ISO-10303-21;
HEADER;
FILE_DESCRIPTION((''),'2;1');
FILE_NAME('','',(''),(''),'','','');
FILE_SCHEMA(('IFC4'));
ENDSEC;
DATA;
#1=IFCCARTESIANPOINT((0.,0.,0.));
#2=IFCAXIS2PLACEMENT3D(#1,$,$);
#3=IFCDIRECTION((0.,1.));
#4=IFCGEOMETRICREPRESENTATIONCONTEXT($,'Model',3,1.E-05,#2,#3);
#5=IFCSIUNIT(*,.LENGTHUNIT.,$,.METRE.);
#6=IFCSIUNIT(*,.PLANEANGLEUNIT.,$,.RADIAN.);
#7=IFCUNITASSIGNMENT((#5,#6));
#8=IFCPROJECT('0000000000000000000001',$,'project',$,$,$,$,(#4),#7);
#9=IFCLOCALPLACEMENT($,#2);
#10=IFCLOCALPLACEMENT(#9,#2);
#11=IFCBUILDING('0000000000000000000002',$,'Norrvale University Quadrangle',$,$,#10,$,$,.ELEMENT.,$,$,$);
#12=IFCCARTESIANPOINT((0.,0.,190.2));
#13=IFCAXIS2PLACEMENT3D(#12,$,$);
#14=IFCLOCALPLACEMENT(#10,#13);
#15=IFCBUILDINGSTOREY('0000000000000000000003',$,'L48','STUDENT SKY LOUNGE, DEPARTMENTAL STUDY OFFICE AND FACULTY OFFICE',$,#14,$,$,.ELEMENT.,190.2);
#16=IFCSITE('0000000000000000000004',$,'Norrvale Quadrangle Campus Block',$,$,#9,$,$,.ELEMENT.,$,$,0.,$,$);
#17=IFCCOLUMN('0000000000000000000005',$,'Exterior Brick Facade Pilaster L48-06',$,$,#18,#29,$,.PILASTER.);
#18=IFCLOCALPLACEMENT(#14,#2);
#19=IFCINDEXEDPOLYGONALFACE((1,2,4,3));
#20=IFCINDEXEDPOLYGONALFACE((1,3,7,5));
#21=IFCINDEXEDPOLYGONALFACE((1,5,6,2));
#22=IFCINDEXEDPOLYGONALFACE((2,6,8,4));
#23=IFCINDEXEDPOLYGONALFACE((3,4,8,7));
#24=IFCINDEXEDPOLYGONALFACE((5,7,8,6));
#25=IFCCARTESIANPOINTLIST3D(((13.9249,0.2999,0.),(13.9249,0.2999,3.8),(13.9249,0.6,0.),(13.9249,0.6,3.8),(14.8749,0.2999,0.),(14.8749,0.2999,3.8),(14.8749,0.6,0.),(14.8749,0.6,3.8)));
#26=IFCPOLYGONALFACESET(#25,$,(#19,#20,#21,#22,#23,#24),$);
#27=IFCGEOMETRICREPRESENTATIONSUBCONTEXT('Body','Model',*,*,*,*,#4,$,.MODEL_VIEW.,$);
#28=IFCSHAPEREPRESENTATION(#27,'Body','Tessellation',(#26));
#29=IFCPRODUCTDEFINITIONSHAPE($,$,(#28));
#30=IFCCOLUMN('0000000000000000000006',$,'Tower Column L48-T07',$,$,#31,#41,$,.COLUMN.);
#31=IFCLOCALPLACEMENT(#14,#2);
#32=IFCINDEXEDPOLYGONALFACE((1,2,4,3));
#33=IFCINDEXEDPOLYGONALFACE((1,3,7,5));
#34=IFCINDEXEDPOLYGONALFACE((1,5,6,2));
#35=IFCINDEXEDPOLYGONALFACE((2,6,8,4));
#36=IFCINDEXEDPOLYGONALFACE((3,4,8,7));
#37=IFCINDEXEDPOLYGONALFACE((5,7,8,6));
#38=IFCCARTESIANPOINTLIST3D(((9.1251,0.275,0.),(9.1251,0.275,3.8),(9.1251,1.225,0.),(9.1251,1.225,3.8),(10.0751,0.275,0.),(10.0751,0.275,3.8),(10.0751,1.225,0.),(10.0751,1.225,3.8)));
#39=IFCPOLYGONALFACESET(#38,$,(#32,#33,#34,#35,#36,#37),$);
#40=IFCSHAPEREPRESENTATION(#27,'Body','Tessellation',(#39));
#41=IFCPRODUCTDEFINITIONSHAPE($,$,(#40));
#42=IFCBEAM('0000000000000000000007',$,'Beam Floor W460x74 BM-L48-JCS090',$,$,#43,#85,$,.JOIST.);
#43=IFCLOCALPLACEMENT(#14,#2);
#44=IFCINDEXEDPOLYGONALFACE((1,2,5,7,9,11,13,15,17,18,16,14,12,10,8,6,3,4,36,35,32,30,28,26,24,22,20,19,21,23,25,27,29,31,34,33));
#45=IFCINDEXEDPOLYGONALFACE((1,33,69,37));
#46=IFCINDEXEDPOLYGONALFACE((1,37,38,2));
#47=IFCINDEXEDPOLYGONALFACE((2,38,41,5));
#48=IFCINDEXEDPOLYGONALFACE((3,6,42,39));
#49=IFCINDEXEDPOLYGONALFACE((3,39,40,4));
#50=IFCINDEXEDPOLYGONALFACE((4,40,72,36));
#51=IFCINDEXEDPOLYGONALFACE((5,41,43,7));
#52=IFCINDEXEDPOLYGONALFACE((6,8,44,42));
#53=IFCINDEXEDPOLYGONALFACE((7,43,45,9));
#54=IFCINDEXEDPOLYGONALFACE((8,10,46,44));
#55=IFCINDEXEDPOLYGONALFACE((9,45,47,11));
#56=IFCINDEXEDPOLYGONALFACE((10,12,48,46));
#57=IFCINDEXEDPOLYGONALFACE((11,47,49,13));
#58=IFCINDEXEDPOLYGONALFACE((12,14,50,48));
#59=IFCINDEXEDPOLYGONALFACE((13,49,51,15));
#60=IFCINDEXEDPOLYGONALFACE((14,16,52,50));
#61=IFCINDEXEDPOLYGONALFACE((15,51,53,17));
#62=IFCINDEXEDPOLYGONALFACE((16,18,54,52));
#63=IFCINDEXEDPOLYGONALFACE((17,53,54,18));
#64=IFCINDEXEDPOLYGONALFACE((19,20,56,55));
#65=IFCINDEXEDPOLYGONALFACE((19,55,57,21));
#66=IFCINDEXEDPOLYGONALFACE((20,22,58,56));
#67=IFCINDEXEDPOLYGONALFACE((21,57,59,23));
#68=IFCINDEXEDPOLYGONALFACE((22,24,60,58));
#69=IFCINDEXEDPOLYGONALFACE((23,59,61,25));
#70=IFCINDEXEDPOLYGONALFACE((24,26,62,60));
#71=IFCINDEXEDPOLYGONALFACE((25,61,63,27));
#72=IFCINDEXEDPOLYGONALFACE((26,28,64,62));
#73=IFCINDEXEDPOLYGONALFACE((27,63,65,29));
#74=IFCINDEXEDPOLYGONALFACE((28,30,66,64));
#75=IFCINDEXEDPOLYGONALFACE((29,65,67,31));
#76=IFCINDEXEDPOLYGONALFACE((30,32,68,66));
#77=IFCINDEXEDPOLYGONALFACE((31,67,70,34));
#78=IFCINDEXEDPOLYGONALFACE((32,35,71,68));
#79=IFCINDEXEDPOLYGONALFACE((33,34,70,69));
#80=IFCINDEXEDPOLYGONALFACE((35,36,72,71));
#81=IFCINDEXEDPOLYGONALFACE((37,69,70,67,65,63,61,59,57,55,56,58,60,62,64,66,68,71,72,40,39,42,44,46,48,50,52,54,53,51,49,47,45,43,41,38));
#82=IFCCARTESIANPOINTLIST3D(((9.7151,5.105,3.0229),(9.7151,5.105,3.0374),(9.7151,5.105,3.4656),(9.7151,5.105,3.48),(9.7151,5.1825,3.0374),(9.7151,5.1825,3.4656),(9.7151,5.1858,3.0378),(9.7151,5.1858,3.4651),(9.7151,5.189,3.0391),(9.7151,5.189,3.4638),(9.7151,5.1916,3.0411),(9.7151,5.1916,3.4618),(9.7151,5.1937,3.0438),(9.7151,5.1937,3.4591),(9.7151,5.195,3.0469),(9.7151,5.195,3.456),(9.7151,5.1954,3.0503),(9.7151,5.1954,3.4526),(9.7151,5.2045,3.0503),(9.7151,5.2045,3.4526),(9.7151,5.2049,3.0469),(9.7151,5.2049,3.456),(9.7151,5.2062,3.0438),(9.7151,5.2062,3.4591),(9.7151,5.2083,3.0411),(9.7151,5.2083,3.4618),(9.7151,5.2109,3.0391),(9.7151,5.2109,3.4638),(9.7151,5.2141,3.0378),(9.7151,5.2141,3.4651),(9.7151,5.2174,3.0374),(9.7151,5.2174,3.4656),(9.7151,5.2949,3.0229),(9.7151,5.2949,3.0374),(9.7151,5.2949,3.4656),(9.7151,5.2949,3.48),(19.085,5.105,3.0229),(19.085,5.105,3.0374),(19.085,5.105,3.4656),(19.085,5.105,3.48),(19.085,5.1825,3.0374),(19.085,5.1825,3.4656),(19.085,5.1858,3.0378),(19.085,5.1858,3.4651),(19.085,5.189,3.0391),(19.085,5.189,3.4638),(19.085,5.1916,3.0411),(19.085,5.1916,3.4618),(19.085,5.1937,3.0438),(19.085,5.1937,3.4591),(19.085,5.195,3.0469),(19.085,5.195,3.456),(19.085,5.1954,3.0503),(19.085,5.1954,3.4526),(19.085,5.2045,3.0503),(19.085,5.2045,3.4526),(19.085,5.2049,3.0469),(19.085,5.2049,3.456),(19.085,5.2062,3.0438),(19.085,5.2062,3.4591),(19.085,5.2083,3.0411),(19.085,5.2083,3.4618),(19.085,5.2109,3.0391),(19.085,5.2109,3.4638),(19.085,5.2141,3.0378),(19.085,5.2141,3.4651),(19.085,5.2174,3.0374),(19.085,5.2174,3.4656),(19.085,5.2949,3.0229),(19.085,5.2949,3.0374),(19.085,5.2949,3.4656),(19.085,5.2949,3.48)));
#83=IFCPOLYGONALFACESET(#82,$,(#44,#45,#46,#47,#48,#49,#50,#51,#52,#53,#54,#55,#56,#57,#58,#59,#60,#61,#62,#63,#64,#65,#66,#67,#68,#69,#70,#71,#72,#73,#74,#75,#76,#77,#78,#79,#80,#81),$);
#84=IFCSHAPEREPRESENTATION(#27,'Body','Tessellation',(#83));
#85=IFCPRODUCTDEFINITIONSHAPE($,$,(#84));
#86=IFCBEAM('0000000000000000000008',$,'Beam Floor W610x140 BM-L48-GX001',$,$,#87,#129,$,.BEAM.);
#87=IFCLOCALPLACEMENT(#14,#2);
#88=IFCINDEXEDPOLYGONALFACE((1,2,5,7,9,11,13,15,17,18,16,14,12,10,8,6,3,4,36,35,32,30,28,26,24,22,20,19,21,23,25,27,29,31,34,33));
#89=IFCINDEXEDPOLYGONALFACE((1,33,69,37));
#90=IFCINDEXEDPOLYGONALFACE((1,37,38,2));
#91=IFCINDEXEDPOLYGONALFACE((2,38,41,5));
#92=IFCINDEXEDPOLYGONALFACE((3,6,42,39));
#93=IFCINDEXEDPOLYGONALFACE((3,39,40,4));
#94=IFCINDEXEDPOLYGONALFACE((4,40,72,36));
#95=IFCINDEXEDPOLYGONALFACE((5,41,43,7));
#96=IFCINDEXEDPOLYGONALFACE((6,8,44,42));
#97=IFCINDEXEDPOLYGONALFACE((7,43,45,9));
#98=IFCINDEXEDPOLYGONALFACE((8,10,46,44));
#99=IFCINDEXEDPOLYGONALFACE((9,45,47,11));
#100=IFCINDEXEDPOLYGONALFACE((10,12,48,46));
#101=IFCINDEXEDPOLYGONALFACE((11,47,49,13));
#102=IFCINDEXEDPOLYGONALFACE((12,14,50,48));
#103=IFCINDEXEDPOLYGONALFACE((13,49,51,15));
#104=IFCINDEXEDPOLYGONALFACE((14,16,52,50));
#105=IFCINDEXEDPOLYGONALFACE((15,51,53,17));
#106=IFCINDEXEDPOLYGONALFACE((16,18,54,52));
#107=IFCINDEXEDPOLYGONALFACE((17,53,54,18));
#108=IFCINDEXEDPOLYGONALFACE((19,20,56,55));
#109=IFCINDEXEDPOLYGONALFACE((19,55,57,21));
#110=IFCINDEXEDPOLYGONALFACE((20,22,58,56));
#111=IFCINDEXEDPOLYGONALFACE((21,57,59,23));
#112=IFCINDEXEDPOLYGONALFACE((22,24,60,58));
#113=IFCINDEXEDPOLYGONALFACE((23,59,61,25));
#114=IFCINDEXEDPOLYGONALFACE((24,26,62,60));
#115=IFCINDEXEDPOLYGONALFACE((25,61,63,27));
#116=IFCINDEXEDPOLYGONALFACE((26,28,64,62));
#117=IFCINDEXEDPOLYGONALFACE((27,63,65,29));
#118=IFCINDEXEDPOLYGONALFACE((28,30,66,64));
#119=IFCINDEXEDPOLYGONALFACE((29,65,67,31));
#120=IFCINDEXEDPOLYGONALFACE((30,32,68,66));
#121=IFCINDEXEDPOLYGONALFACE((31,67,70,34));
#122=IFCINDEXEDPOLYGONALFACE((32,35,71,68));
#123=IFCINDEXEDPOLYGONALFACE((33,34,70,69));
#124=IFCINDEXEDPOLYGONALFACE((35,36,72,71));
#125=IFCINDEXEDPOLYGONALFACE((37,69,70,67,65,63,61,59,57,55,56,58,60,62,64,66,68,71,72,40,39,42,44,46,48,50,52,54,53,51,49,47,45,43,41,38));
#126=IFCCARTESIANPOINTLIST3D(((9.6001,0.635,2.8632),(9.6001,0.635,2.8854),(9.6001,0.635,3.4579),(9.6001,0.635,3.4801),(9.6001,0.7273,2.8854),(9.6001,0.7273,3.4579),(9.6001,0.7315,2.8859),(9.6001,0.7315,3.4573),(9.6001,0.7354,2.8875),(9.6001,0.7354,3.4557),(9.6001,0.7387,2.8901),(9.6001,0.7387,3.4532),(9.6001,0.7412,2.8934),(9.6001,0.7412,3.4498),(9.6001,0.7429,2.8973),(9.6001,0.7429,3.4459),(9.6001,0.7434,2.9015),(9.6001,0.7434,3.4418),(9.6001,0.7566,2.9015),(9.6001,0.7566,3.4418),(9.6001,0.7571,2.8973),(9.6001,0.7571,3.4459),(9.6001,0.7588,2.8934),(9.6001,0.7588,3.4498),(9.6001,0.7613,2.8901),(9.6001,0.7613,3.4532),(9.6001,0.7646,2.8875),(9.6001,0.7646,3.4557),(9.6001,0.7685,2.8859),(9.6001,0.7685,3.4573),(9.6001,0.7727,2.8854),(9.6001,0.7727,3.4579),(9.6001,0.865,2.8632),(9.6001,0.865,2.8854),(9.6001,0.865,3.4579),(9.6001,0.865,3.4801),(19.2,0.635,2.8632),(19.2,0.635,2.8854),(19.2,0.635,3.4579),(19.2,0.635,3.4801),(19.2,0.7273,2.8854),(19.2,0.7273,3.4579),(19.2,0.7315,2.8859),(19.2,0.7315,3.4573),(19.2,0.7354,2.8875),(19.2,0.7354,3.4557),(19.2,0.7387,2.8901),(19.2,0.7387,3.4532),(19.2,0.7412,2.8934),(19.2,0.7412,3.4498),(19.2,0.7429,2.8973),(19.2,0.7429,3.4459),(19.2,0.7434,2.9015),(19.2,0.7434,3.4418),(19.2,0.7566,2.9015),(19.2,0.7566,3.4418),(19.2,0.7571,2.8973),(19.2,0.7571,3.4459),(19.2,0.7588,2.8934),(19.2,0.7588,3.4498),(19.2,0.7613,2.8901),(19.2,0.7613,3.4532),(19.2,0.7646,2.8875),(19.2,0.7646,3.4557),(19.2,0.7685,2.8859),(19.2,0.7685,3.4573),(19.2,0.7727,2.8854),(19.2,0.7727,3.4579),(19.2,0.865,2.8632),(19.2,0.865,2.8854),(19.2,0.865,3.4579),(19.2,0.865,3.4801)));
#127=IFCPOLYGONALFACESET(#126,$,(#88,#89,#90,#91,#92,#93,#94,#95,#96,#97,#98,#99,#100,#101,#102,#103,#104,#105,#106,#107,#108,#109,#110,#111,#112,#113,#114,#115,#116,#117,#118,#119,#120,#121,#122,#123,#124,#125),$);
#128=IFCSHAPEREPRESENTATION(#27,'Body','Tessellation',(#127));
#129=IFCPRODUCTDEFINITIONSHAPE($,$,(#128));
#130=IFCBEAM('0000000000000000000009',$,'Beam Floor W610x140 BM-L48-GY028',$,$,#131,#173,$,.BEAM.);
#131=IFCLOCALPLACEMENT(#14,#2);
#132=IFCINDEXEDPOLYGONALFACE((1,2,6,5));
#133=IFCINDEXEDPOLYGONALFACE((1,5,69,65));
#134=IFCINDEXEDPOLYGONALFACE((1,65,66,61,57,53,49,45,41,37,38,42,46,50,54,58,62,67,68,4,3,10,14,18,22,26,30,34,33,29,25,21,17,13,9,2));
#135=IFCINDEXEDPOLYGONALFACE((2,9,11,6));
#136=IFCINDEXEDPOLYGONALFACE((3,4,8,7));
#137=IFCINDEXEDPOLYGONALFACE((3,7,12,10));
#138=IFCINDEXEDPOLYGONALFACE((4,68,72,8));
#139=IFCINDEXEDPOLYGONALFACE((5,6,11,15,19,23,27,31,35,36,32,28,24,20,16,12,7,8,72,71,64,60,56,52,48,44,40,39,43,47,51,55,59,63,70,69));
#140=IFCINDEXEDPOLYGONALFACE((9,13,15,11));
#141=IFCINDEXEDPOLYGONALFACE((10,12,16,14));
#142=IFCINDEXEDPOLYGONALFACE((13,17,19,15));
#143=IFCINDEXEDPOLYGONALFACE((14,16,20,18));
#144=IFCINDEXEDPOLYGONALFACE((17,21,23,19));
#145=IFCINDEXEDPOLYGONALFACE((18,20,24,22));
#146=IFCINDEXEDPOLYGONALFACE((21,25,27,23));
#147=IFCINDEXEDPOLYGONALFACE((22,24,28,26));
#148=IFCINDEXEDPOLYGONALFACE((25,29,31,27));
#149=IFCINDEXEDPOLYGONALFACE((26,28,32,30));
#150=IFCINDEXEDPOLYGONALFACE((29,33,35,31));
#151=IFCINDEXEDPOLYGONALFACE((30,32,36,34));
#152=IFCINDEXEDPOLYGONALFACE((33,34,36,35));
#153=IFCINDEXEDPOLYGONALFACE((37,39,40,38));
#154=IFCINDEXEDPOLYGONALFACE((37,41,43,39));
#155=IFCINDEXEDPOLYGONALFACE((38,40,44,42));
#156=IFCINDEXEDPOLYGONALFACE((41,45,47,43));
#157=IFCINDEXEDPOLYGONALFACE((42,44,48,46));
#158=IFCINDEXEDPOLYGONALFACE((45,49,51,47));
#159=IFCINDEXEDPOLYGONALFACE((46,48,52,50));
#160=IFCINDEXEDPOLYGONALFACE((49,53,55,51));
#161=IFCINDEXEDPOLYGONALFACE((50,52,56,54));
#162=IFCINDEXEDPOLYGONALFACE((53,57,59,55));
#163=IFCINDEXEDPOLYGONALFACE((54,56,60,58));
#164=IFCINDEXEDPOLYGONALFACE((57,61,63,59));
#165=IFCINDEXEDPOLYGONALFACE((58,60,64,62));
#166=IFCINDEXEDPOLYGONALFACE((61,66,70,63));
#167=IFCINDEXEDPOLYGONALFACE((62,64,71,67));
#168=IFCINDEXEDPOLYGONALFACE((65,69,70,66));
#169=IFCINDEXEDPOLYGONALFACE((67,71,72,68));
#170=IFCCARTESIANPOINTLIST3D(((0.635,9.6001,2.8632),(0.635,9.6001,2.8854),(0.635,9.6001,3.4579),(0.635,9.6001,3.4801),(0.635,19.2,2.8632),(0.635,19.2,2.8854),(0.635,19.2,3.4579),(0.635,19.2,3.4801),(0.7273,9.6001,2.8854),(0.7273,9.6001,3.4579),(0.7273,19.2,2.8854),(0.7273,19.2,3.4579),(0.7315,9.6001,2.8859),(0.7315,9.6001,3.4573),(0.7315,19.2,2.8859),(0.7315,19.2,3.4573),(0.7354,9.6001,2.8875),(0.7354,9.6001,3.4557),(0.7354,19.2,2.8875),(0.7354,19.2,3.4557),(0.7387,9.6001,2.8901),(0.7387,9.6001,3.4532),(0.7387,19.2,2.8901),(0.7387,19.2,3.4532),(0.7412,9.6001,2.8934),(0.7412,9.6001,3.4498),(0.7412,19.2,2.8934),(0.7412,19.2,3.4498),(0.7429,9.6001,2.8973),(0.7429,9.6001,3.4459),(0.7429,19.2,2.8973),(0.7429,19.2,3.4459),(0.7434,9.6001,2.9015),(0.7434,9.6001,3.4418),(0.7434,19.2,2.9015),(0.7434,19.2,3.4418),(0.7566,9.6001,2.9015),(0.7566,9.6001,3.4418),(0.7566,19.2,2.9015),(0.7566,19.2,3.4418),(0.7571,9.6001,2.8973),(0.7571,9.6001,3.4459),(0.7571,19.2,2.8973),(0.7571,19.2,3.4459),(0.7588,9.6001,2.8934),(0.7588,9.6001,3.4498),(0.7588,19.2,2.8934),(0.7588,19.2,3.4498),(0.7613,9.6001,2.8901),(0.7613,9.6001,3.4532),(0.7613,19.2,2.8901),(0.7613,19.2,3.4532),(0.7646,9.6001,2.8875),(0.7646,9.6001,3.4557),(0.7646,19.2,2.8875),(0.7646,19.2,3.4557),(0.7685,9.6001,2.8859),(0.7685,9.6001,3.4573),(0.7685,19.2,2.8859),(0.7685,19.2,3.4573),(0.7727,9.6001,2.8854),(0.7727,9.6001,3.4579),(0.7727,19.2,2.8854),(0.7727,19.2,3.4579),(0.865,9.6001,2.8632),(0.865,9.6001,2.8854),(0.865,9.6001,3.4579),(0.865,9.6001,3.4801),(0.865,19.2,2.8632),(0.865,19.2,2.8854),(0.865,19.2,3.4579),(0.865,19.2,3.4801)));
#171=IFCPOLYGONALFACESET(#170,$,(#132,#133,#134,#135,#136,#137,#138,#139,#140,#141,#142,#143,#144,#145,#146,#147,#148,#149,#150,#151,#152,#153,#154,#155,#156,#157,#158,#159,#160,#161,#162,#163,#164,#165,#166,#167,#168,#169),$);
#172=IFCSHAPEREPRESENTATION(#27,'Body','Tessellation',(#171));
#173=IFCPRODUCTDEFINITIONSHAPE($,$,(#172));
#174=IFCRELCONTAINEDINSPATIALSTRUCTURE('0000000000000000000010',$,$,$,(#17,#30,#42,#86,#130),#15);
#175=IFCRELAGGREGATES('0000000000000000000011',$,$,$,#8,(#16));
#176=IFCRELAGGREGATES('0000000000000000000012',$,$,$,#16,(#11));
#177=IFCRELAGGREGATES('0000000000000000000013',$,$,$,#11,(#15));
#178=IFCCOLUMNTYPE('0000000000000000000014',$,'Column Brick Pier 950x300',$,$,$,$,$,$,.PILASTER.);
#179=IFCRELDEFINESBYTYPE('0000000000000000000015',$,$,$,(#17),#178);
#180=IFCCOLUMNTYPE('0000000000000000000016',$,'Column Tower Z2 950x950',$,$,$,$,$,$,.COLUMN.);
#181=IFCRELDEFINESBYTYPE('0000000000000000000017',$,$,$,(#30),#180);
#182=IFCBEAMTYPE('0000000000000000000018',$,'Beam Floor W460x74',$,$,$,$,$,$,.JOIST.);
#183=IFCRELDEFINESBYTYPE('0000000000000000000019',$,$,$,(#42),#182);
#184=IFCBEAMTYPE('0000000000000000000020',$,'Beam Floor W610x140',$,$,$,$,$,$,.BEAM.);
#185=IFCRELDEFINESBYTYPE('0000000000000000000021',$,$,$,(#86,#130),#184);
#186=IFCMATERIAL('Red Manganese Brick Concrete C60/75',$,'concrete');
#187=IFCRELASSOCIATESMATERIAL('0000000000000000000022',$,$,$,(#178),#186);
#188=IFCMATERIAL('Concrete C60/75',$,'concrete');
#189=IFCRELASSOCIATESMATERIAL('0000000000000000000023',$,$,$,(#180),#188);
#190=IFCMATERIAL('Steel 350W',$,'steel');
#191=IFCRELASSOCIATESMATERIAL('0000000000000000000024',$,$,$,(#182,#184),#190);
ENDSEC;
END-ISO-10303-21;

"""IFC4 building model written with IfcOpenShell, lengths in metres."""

from ifc_helpers import new_model, si_unit, direction, frame, origin, origin_2d, place, context, subcontext, project, spatial, rectangle, i_section, extrude, material, material_profile, profile_set, type_object, element, save


model = new_model("IFC4")

# Units and contexts
model_context = context("Model", 3, precision=1e-05, world=origin(), true_north=direction((0.0, 1.0)))
body_context = subcontext(model_context, "Body", "Model", "MODEL_VIEW")
ifc_project = project(units=[si_unit("LENGTHUNIT", "METRE"), si_unit("PLANEANGLEUNIT", "RADIAN")], contexts=[model_context])

# Site, building, storey
site_placement = place(None, origin())
site = spatial("IfcSite", under=ifc_project, at=site_placement, Name="Norrvale Quadrangle Campus Block", CompositionType="ELEMENT", RefElevation=0.0)
building_placement = place(site_placement, origin())
building = spatial("IfcBuilding", under=site, at=building_placement, Name="Norrvale University Quadrangle", CompositionType="ELEMENT")
storey_placement = place(building_placement, frame((0.0, 0.0, 190.2)))
storey = spatial("IfcBuildingStorey", under=building, at=storey_placement, Name="L48", Description="STUDENT SKY LOUNGE, DEPARTMENTAL STUDY OFFICE AND FACULTY OFFICE", CompositionType="ELEMENT", Elevation=190.2)

# Columns
ifc_material_1 = material(Name="Red Manganese Brick Concrete C60/75", Category="concrete")
ifc_material_profile_1 = material_profile(ifc_material_1, rectangle(XDim=0.95, YDim=0.3, at=origin_2d()), Name="Red Manganese Brick Concrete C60/75")
ifc_profile_set_1 = profile_set([ifc_material_profile_1], Name="Red Manganese Brick Concrete C60/75")
column_type_1 = type_object("IfcColumnType", Name="Column Brick Pier 950x300", PredefinedType="PILASTER", material=ifc_profile_set_1)
column_1_placement = place(storey_placement, frame((14.3999, 0.45, 0.0), z_axis=(0.0, 0.0, 1.0), x_axis=(1.0, 0.0, 0.0)))
element("IfcColumn", 1, at=column_1_placement, inside=storey, type_object=column_type_1, Name="Exterior Brick Facade Pilaster L48-06", PredefinedType="PILASTER", context=body_context, shape_type="SweptSolid", body=[
    extrude(rectangle(XDim=0.95, YDim=0.3, at=origin_2d()), origin(), (0.0, 0.0, 1.0), 3.8),
])
ifc_material_2 = material(Name="Concrete C60/75", Category="concrete")
ifc_material_profile_2 = material_profile(ifc_material_2, rectangle(XDim=0.95, YDim=0.95, at=origin_2d()), Name="Concrete C60/75")
ifc_profile_set_2 = profile_set([ifc_material_profile_2], Name="Concrete C60/75")
column_type_2 = type_object("IfcColumnType", Name="Column Tower Z2 950x950", PredefinedType="COLUMN", material=ifc_profile_set_2)
column_2_placement = place(storey_placement, frame((9.6001, 0.75, 0.0), z_axis=(0.0, 0.0, 1.0), x_axis=(1.0, 0.0, 0.0)))
element("IfcColumn", 2, at=column_2_placement, inside=storey, type_object=column_type_2, Name="Tower Column L48-T07", PredefinedType="COLUMN", context=body_context, shape_type="SweptSolid", body=[
    extrude(rectangle(XDim=0.95, YDim=0.95, at=origin_2d()), origin(), (0.0, 0.0, 1.0), 3.8),
])

# Beams
ifc_material_3 = material(Name="Steel 350W", Category="steel")
ifc_material_profile_3 = material_profile(ifc_material_3, i_section(OverallWidth=0.1899, OverallDepth=0.457, WebThickness=0.009, FlangeThickness=0.0144, FilletRadius=0.0129, at=origin_2d()), Name="Steel 350W")
ifc_profile_set_3 = profile_set([ifc_material_profile_3], Name="Steel 350W")
beam_type_1 = type_object("IfcBeamType", Name="Beam Floor W460x74", PredefinedType="JOIST", material=ifc_profile_set_3)
beam_1_placement = place(storey_placement, frame((9.7151, 5.2, 3.2515), z_axis=(1.0, 0.0, 0.0), x_axis=(0.0, 1.0, 0.0)))
element("IfcBeam", 3, at=beam_1_placement, inside=storey, type_object=beam_type_1, Name="Beam Floor W460x74 BM-L48-JCS090", PredefinedType="JOIST", context=body_context, shape_type="SweptSolid", body=[
    extrude(i_section(OverallWidth=0.1899, OverallDepth=0.457, WebThickness=0.009, FlangeThickness=0.0144, FilletRadius=0.0129, at=origin_2d()), origin(), (0.0, 0.0, 1.0), 9.3699),
])
ifc_material_profile_4 = material_profile(ifc_material_3, i_section(OverallWidth=0.23, OverallDepth=0.6169, WebThickness=0.0132, FlangeThickness=0.0222, FilletRadius=0.0161, at=origin_2d()), Name="Steel 350W")
ifc_profile_set_4 = profile_set([ifc_material_profile_4], Name="Steel 350W")
beam_type_2 = type_object("IfcBeamType", Name="Beam Floor W610x140", PredefinedType="BEAM", material=ifc_profile_set_4)
for number, where, z_axis, x_axis, name in (
    (4, (9.6001, 0.75, 3.1716), (1.0, 0.0, 0.0), (0.0, 1.0, 0.0), "Beam Floor W610x140 BM-L48-GX001"),
    (5, (0.75, 9.6001, 3.1716), (0.0, 1.0, 0.0), (-1.0, 0.0, 0.0), "Beam Floor W610x140 BM-L48-GY028"),
):
    element("IfcBeam", number, at=place(storey_placement, frame(where, z_axis=z_axis, x_axis=x_axis)), inside=storey, type_object=beam_type_2, Name=name, PredefinedType="BEAM", context=body_context, shape_type="SweptSolid", body=[
        extrude(i_section(OverallWidth=0.23, OverallDepth=0.6169, WebThickness=0.0132, FlangeThickness=0.0222, FilletRadius=0.0161, at=origin_2d()), origin(), (0.0, 0.0, 1.0), 9.5999),
    ])

save(model, "model.ifc")
